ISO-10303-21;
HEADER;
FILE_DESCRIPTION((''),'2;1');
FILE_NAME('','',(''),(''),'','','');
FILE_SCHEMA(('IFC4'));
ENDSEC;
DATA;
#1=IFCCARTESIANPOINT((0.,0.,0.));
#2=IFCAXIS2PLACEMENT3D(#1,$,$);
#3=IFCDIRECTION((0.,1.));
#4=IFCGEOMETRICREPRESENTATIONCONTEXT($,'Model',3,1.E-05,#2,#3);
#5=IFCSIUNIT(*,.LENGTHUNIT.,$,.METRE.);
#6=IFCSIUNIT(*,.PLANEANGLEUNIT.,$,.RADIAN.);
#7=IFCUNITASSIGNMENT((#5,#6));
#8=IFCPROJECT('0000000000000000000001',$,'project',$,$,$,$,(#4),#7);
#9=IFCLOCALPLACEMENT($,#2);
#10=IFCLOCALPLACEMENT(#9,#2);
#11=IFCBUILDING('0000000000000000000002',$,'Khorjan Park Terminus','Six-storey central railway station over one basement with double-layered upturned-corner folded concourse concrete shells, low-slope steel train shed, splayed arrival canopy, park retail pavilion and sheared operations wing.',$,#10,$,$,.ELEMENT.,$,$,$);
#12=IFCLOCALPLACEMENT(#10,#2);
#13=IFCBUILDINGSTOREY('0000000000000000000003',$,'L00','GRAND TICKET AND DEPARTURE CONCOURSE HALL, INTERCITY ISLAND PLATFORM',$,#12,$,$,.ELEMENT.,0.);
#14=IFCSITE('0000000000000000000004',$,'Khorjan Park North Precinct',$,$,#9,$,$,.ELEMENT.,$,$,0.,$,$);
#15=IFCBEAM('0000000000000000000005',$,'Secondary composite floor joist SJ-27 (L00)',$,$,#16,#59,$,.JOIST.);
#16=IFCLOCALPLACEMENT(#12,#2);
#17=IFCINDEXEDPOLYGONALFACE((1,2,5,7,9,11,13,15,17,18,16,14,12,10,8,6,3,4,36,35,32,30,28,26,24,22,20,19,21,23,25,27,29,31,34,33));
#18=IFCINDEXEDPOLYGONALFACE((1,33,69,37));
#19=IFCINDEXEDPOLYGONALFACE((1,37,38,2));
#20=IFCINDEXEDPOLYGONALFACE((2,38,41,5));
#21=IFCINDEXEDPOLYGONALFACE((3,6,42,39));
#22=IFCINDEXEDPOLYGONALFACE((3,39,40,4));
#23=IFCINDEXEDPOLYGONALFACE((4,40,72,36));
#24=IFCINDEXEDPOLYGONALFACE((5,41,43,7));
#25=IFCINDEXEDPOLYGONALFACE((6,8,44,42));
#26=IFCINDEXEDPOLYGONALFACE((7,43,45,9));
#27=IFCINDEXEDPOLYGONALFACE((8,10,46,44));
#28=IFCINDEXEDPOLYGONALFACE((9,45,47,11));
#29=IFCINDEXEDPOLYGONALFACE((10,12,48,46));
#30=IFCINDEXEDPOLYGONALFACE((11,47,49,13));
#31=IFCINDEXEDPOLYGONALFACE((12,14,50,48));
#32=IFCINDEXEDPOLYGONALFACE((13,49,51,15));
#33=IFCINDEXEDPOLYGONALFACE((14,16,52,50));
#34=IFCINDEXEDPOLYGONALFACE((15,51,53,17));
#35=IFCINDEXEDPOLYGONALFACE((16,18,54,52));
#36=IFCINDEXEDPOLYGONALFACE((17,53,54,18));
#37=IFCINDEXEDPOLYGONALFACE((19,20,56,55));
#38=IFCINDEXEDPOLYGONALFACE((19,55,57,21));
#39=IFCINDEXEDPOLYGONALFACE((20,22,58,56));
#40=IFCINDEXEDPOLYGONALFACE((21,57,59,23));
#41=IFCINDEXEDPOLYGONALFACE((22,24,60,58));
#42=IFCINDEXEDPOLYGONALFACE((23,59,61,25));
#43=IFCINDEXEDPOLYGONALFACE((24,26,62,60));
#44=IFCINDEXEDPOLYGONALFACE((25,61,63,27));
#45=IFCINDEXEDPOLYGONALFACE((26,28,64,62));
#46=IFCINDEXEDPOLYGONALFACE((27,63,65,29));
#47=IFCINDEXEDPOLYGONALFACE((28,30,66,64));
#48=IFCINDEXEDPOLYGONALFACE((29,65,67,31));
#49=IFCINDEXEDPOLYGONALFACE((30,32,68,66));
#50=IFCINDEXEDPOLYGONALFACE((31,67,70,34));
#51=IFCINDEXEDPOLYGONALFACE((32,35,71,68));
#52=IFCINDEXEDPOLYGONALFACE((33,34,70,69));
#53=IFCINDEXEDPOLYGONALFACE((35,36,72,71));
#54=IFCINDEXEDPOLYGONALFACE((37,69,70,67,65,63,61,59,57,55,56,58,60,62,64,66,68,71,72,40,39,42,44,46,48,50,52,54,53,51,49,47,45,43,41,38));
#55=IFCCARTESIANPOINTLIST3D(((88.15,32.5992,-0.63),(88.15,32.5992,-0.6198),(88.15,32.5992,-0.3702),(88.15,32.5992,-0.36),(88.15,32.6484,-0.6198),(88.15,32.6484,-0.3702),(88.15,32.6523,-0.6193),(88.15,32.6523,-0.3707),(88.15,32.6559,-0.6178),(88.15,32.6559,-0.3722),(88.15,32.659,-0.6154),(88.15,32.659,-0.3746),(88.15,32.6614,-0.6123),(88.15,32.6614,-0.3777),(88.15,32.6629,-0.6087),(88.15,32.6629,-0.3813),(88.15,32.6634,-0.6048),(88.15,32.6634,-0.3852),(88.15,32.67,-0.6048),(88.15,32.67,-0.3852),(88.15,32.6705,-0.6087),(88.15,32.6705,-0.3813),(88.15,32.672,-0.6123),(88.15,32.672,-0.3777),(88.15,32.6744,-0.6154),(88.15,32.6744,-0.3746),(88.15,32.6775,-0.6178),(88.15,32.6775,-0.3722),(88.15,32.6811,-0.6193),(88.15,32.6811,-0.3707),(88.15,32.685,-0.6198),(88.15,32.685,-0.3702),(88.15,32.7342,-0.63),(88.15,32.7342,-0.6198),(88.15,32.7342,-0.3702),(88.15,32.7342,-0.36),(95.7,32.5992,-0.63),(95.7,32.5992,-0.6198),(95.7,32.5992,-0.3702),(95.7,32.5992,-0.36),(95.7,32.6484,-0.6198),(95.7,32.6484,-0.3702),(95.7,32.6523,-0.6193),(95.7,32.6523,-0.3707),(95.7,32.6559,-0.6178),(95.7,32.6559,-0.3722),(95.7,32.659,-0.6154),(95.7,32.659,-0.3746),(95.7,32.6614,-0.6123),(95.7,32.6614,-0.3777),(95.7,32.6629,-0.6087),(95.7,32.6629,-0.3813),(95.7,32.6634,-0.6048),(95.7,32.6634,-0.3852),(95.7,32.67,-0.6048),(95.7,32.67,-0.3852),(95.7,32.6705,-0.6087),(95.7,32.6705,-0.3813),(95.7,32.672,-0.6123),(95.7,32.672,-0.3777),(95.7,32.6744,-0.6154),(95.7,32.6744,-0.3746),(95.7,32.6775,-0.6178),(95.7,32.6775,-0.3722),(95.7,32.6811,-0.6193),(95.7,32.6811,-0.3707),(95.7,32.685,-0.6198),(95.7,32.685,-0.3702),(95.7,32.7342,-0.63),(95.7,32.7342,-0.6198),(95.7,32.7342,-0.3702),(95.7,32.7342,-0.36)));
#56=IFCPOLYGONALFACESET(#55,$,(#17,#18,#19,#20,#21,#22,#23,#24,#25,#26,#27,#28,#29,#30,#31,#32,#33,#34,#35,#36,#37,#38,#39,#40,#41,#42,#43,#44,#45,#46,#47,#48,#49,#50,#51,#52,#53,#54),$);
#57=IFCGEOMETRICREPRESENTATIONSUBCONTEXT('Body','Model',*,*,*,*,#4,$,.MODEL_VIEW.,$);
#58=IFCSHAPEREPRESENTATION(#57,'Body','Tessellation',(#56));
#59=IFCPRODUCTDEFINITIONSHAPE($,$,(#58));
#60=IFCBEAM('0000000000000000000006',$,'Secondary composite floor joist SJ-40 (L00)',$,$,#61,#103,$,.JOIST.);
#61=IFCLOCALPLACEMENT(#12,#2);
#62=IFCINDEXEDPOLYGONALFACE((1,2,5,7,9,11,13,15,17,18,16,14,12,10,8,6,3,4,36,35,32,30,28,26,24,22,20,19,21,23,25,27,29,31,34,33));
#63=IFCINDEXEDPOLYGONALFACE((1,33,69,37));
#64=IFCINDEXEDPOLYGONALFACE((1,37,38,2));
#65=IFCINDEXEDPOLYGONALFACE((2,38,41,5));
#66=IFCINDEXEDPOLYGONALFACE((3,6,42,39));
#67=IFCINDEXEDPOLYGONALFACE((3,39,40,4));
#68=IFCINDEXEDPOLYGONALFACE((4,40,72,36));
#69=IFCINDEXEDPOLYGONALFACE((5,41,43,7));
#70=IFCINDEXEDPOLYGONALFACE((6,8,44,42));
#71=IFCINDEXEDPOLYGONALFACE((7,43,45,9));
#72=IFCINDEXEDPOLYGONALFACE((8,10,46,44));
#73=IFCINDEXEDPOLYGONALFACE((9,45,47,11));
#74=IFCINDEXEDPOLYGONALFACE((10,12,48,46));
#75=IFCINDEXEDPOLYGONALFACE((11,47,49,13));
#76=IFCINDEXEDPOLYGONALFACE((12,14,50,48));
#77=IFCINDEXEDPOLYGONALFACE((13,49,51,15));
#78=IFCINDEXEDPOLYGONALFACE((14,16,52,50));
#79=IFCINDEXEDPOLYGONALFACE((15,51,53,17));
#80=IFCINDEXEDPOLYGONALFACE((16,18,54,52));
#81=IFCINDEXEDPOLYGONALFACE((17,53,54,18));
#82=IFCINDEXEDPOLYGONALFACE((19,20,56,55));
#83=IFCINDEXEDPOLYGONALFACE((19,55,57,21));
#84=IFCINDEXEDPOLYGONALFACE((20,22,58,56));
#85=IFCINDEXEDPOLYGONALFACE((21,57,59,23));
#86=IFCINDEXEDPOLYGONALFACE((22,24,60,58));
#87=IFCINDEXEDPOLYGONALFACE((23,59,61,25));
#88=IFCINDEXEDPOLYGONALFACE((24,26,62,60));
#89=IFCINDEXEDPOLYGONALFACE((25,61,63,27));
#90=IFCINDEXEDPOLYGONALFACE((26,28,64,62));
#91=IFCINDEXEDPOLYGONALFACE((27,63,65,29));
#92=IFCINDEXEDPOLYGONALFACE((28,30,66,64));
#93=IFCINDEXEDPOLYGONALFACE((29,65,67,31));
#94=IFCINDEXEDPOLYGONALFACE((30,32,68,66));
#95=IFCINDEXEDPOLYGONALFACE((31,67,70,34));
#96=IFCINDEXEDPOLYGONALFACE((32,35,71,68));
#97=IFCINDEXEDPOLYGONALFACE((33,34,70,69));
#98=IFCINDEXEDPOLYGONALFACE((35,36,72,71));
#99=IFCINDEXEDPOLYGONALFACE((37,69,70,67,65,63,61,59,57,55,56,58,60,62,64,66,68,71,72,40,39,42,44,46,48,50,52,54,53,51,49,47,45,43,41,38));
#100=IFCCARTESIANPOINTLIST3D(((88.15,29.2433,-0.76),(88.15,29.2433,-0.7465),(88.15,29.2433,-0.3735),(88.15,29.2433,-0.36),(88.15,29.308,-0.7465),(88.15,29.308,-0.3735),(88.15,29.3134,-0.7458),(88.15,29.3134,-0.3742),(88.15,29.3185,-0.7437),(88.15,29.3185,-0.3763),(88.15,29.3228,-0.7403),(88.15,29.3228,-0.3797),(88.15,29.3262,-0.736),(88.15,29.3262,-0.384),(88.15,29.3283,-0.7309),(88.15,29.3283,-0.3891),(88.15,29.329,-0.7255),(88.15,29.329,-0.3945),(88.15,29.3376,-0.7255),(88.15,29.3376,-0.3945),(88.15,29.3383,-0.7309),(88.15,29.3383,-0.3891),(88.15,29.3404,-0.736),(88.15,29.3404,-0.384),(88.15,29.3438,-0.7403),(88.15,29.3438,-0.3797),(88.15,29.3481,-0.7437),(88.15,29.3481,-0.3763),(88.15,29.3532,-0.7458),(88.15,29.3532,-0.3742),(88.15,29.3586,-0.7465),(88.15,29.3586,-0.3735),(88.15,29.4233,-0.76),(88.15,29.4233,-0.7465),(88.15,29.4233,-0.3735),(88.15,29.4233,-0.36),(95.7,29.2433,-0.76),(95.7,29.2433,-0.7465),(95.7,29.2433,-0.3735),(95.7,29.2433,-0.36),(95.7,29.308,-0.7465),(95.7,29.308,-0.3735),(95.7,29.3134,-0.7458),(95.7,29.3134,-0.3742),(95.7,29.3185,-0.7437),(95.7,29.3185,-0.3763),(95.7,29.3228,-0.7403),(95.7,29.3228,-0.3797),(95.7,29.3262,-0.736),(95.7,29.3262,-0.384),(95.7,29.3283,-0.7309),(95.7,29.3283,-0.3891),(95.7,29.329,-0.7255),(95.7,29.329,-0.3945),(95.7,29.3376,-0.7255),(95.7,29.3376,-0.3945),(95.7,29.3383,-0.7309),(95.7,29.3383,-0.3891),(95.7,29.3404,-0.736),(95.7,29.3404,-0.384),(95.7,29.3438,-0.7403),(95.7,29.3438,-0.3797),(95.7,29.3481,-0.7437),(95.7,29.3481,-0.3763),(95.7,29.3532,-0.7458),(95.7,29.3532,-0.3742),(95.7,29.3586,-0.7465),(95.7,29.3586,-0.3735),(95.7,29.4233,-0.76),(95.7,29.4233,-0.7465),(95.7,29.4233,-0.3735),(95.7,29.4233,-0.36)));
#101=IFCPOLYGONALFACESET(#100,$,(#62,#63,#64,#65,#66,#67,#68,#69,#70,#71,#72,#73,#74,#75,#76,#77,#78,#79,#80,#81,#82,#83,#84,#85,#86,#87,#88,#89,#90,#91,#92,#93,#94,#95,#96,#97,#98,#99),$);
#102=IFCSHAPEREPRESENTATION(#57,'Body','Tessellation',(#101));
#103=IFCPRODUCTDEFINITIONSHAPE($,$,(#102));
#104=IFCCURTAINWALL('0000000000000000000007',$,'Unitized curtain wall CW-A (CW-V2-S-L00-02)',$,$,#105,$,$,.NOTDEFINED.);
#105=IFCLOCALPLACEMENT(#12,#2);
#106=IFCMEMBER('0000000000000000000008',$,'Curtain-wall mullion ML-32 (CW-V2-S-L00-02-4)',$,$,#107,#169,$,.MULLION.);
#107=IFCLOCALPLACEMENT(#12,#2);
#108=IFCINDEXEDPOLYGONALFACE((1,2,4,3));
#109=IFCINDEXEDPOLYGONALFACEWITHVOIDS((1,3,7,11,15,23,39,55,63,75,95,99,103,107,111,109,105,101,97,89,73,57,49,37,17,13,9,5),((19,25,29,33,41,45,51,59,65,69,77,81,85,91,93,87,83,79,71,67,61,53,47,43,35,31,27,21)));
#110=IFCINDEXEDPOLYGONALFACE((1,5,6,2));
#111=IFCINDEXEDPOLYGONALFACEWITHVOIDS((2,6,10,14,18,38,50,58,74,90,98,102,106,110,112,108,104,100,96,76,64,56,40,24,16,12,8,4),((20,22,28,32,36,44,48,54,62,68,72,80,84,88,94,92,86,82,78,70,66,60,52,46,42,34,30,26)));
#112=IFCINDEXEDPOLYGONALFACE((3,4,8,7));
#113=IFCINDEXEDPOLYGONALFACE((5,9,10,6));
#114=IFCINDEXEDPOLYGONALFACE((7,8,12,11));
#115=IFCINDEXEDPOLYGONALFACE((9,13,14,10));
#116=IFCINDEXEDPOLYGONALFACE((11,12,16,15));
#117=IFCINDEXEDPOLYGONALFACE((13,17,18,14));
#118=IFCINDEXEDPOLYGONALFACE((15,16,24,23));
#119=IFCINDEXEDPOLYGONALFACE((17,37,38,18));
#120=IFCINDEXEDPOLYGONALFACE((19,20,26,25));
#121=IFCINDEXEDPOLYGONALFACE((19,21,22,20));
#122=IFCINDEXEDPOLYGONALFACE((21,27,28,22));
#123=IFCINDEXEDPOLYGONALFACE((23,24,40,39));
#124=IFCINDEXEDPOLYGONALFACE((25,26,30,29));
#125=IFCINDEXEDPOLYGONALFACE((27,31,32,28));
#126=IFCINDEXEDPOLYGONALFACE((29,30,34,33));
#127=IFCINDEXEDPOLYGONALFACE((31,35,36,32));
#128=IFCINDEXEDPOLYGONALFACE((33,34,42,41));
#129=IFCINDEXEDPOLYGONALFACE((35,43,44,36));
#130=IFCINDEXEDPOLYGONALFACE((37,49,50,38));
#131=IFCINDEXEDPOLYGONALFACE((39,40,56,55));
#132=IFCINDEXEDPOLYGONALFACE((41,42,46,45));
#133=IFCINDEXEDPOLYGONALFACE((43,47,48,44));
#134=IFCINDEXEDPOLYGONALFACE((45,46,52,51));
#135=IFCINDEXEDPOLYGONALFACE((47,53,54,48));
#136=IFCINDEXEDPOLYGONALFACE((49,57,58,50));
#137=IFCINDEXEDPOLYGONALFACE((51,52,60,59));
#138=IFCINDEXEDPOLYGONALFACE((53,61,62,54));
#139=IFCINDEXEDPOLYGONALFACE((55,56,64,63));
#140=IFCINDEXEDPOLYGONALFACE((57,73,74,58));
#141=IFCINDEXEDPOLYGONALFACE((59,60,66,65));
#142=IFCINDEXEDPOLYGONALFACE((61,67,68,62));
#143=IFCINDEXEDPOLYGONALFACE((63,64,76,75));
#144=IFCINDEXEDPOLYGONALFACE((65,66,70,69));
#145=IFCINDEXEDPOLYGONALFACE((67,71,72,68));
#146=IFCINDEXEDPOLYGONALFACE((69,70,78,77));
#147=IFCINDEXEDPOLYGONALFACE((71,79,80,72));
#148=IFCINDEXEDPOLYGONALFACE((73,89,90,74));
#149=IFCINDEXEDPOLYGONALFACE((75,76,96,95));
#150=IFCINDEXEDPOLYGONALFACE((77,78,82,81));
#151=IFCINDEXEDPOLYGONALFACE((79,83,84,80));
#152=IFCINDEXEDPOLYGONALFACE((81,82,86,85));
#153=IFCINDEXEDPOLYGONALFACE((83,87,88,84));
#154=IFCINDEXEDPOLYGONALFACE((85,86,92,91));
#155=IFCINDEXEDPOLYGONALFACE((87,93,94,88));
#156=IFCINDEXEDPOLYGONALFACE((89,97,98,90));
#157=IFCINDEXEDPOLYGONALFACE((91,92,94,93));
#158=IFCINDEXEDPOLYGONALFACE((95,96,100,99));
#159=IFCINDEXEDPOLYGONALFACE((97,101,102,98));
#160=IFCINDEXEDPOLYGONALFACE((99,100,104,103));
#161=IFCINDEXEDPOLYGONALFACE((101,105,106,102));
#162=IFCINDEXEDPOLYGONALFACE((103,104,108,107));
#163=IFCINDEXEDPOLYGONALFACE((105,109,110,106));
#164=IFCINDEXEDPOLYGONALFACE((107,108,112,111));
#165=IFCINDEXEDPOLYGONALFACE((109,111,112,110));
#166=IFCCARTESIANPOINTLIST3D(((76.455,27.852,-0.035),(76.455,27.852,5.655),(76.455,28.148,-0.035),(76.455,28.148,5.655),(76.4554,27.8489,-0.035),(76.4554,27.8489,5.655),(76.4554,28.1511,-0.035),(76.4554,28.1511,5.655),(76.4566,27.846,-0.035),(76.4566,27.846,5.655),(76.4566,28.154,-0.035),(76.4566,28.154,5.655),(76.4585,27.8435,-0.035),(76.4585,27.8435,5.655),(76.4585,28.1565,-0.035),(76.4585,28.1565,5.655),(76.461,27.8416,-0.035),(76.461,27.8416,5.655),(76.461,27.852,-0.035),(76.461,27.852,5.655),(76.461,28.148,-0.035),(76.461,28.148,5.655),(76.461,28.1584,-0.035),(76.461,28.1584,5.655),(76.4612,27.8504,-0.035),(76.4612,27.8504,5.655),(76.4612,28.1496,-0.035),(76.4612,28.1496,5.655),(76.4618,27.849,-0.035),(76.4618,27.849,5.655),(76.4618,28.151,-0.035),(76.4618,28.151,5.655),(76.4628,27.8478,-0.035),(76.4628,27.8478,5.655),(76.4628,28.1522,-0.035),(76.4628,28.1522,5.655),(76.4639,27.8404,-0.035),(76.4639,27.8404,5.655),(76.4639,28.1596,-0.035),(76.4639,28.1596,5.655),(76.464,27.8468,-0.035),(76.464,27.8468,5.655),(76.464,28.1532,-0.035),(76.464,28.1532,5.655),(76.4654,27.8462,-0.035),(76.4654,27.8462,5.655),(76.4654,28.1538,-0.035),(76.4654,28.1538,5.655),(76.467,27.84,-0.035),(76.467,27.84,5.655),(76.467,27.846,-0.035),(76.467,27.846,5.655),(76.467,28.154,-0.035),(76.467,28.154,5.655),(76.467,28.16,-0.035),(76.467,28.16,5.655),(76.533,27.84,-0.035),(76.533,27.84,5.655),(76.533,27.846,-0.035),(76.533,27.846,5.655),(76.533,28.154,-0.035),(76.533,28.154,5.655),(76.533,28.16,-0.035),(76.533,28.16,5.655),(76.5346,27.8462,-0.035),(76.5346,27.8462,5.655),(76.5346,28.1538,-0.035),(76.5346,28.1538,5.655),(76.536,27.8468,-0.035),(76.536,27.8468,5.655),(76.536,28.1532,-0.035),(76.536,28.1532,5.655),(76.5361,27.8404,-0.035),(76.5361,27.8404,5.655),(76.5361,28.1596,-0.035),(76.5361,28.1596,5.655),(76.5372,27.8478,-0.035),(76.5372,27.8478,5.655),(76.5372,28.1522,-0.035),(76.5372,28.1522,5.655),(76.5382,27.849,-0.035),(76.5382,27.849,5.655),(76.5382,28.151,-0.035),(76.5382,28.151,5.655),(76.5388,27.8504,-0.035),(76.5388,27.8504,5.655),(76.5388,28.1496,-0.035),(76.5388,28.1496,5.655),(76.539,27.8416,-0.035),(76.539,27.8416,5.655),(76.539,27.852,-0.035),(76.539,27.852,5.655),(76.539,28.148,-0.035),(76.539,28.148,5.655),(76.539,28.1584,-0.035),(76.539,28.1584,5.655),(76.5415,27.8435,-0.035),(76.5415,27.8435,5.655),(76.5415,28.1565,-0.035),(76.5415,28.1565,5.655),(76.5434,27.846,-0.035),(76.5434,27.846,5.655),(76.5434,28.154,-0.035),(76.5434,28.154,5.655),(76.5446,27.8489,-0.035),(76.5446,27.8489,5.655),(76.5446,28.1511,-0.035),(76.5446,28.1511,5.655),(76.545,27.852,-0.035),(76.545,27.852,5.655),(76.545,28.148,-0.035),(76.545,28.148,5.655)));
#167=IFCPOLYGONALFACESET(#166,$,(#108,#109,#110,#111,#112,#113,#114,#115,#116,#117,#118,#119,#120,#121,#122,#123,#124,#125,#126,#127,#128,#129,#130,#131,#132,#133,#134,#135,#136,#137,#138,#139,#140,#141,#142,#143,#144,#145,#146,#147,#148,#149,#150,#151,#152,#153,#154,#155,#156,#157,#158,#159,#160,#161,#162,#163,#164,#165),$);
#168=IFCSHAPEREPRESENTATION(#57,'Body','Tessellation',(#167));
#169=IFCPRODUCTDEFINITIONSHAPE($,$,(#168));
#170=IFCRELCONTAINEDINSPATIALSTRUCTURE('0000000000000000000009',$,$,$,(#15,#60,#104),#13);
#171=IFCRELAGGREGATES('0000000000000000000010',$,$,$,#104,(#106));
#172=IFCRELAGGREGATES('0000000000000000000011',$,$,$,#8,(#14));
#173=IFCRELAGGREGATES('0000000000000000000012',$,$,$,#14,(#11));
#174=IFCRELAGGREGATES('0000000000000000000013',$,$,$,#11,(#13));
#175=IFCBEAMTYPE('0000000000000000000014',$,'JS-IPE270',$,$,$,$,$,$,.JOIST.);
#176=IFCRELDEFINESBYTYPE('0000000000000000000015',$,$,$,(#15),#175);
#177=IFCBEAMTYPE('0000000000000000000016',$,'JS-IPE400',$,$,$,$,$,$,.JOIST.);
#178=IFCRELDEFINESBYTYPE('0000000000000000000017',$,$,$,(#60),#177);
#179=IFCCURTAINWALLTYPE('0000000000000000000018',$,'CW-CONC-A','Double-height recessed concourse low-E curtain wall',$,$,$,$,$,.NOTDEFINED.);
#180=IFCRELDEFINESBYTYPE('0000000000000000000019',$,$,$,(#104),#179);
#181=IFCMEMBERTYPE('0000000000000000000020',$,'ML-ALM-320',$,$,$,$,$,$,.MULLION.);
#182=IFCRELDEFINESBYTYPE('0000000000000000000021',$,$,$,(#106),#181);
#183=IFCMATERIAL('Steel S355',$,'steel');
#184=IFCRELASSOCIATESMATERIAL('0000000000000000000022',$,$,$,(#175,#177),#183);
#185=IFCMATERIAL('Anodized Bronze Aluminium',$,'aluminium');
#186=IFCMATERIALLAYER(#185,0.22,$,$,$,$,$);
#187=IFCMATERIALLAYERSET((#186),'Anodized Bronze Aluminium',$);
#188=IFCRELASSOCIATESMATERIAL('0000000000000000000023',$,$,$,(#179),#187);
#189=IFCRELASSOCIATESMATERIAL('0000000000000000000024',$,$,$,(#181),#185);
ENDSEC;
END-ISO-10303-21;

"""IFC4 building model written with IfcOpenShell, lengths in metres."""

from ifc_helpers import new_model, si_unit, direction, frame, origin, origin_2d, place, context, subcontext, project, spatial, hollow_rectangle, i_section, extrude, material, layer, layer_set, material_profile, profile_set, type_object, element, aggregate, save


model = new_model("IFC4")

# Units and contexts
model_context = context("Model", 3, precision=1e-05, world=origin(), true_north=direction((0.0, 1.0)))
body_context = subcontext(model_context, "Body", "Model", "MODEL_VIEW")
ifc_project = project(units=[si_unit("LENGTHUNIT", "METRE"), si_unit("PLANEANGLEUNIT", "RADIAN")], contexts=[model_context])

# Site, building, storey
site_placement = place(None, origin())
site = spatial("IfcSite", under=ifc_project, at=site_placement, Name="Khorjan Park North Precinct", CompositionType="ELEMENT", RefElevation=0.0)
building_placement = place(site_placement, origin())
building = spatial("IfcBuilding", under=site, at=building_placement, Name="Khorjan Park Terminus", Description="Six-storey central railway station over one basement with double-layered upturned-corner folded concourse concrete shells, low-slope steel train shed, splayed arrival canopy, park retail pavilion and sheared operations wing.", CompositionType="ELEMENT")
storey_placement = place(building_placement, origin())
storey = spatial("IfcBuildingStorey", under=building, at=storey_placement, Name="L00", Description="GRAND TICKET AND DEPARTURE CONCOURSE HALL, INTERCITY ISLAND PLATFORM", CompositionType="ELEMENT", Elevation=0.0)

# Beams
ifc_material_1 = material(Name="Steel S355", Category="steel")
ifc_material_profile_1 = material_profile(ifc_material_1, i_section(OverallWidth=0.135, OverallDepth=0.27, WebThickness=0.0066, FlangeThickness=0.0102, FilletRadius=0.015, at=origin_2d()), Name="IPE 270")
ifc_profile_set_1 = profile_set([ifc_material_profile_1], Name="Steel S355")
beam_type_1 = type_object("IfcBeamType", Name="JS-IPE270", PredefinedType="JOIST", material=ifc_profile_set_1)
beam_1_placement = place(storey_placement, frame((88.15, 32.6667, -0.495), z_axis=(1.0, 0.0, 0.0), x_axis=(0.0, 1.0, 0.0)))
element("IfcBeam", 1, at=beam_1_placement, inside=storey, type_object=beam_type_1, Name="Secondary composite floor joist SJ-27 (L00)", PredefinedType="JOIST", context=body_context, shape_type="SweptSolid", body=[
    extrude(i_section(OverallWidth=0.135, OverallDepth=0.27, WebThickness=0.0066, FlangeThickness=0.0102, FilletRadius=0.015, at=origin_2d()), origin(), (0.0, 0.0, 1.0), 7.55),
])
ifc_material_profile_2 = material_profile(ifc_material_1, i_section(OverallWidth=0.18, OverallDepth=0.4, WebThickness=0.0086, FlangeThickness=0.0135, FilletRadius=0.021, at=origin_2d()), Name="IPE 400")
ifc_profile_set_2 = profile_set([ifc_material_profile_2], Name="Steel S355")
beam_type_2 = type_object("IfcBeamType", Name="JS-IPE400", PredefinedType="JOIST", material=ifc_profile_set_2)
beam_2_placement = place(storey_placement, frame((88.15, 29.3333, -0.56), z_axis=(1.0, 0.0, 0.0), x_axis=(0.0, 1.0, 0.0)))
element("IfcBeam", 2, at=beam_2_placement, inside=storey, type_object=beam_type_2, Name="Secondary composite floor joist SJ-40 (L00)", PredefinedType="JOIST", context=body_context, shape_type="SweptSolid", body=[
    extrude(i_section(OverallWidth=0.18, OverallDepth=0.4, WebThickness=0.0086, FlangeThickness=0.0135, FilletRadius=0.021, at=origin_2d()), origin(), (0.0, 0.0, 1.0), 7.55),
])

# Curtain wall, member
ifc_material_2 = material(Name="Anodized Bronze Aluminium", Category="aluminium")
ifc_layer_1 = layer(ifc_material_2, 0.22)
ifc_layer_set_1 = layer_set([ifc_layer_1], Name="Anodized Bronze Aluminium")
curtain_wall_type = type_object("IfcCurtainWallType", Name="CW-CONC-A", Description="Double-height recessed concourse low-E curtain wall", PredefinedType="NOTDEFINED", material=ifc_layer_set_1)
curtain_wall_placement = place(storey_placement, origin())
curtain_wall = element("IfcCurtainWall", 3, at=curtain_wall_placement, inside=storey, type_object=curtain_wall_type, Name="Unitized curtain wall CW-A (CW-V2-S-L00-02)", PredefinedType="NOTDEFINED")
ifc_material_profile_3 = material_profile(ifc_material_2, hollow_rectangle(XDim=0.09, YDim=0.32, WallThickness=0.006, InnerFilletRadius=0.006, OuterFilletRadius=0.012, at=origin_2d()), Name="ALM 90x320x6")
ifc_profile_set_3 = profile_set([ifc_material_profile_3], Name="Anodized Bronze Aluminium")
member_type_1 = type_object("IfcMemberType", Name="ML-ALM-320", PredefinedType="MULLION", material=ifc_profile_set_3)
member_1_placement = place(storey_placement, frame((76.5, 28.0, -0.035), z_axis=(0.0, 0.0, 1.0), x_axis=(1.0, 0.0, 0.0)))
member_1 = element("IfcMember", 4, at=member_1_placement, type_object=member_type_1, Name="Curtain-wall mullion ML-32 (CW-V2-S-L00-02-4)", PredefinedType="MULLION", context=body_context, shape_type="SweptSolid", body=[
    extrude(hollow_rectangle(XDim=0.09, YDim=0.32, WallThickness=0.006, InnerFilletRadius=0.006, OuterFilletRadius=0.012, at=origin_2d()), origin(), (0.0, 0.0, 1.0), 5.69),
])
aggregate(curtain_wall, [member_1])

save(model, "model.ifc")
